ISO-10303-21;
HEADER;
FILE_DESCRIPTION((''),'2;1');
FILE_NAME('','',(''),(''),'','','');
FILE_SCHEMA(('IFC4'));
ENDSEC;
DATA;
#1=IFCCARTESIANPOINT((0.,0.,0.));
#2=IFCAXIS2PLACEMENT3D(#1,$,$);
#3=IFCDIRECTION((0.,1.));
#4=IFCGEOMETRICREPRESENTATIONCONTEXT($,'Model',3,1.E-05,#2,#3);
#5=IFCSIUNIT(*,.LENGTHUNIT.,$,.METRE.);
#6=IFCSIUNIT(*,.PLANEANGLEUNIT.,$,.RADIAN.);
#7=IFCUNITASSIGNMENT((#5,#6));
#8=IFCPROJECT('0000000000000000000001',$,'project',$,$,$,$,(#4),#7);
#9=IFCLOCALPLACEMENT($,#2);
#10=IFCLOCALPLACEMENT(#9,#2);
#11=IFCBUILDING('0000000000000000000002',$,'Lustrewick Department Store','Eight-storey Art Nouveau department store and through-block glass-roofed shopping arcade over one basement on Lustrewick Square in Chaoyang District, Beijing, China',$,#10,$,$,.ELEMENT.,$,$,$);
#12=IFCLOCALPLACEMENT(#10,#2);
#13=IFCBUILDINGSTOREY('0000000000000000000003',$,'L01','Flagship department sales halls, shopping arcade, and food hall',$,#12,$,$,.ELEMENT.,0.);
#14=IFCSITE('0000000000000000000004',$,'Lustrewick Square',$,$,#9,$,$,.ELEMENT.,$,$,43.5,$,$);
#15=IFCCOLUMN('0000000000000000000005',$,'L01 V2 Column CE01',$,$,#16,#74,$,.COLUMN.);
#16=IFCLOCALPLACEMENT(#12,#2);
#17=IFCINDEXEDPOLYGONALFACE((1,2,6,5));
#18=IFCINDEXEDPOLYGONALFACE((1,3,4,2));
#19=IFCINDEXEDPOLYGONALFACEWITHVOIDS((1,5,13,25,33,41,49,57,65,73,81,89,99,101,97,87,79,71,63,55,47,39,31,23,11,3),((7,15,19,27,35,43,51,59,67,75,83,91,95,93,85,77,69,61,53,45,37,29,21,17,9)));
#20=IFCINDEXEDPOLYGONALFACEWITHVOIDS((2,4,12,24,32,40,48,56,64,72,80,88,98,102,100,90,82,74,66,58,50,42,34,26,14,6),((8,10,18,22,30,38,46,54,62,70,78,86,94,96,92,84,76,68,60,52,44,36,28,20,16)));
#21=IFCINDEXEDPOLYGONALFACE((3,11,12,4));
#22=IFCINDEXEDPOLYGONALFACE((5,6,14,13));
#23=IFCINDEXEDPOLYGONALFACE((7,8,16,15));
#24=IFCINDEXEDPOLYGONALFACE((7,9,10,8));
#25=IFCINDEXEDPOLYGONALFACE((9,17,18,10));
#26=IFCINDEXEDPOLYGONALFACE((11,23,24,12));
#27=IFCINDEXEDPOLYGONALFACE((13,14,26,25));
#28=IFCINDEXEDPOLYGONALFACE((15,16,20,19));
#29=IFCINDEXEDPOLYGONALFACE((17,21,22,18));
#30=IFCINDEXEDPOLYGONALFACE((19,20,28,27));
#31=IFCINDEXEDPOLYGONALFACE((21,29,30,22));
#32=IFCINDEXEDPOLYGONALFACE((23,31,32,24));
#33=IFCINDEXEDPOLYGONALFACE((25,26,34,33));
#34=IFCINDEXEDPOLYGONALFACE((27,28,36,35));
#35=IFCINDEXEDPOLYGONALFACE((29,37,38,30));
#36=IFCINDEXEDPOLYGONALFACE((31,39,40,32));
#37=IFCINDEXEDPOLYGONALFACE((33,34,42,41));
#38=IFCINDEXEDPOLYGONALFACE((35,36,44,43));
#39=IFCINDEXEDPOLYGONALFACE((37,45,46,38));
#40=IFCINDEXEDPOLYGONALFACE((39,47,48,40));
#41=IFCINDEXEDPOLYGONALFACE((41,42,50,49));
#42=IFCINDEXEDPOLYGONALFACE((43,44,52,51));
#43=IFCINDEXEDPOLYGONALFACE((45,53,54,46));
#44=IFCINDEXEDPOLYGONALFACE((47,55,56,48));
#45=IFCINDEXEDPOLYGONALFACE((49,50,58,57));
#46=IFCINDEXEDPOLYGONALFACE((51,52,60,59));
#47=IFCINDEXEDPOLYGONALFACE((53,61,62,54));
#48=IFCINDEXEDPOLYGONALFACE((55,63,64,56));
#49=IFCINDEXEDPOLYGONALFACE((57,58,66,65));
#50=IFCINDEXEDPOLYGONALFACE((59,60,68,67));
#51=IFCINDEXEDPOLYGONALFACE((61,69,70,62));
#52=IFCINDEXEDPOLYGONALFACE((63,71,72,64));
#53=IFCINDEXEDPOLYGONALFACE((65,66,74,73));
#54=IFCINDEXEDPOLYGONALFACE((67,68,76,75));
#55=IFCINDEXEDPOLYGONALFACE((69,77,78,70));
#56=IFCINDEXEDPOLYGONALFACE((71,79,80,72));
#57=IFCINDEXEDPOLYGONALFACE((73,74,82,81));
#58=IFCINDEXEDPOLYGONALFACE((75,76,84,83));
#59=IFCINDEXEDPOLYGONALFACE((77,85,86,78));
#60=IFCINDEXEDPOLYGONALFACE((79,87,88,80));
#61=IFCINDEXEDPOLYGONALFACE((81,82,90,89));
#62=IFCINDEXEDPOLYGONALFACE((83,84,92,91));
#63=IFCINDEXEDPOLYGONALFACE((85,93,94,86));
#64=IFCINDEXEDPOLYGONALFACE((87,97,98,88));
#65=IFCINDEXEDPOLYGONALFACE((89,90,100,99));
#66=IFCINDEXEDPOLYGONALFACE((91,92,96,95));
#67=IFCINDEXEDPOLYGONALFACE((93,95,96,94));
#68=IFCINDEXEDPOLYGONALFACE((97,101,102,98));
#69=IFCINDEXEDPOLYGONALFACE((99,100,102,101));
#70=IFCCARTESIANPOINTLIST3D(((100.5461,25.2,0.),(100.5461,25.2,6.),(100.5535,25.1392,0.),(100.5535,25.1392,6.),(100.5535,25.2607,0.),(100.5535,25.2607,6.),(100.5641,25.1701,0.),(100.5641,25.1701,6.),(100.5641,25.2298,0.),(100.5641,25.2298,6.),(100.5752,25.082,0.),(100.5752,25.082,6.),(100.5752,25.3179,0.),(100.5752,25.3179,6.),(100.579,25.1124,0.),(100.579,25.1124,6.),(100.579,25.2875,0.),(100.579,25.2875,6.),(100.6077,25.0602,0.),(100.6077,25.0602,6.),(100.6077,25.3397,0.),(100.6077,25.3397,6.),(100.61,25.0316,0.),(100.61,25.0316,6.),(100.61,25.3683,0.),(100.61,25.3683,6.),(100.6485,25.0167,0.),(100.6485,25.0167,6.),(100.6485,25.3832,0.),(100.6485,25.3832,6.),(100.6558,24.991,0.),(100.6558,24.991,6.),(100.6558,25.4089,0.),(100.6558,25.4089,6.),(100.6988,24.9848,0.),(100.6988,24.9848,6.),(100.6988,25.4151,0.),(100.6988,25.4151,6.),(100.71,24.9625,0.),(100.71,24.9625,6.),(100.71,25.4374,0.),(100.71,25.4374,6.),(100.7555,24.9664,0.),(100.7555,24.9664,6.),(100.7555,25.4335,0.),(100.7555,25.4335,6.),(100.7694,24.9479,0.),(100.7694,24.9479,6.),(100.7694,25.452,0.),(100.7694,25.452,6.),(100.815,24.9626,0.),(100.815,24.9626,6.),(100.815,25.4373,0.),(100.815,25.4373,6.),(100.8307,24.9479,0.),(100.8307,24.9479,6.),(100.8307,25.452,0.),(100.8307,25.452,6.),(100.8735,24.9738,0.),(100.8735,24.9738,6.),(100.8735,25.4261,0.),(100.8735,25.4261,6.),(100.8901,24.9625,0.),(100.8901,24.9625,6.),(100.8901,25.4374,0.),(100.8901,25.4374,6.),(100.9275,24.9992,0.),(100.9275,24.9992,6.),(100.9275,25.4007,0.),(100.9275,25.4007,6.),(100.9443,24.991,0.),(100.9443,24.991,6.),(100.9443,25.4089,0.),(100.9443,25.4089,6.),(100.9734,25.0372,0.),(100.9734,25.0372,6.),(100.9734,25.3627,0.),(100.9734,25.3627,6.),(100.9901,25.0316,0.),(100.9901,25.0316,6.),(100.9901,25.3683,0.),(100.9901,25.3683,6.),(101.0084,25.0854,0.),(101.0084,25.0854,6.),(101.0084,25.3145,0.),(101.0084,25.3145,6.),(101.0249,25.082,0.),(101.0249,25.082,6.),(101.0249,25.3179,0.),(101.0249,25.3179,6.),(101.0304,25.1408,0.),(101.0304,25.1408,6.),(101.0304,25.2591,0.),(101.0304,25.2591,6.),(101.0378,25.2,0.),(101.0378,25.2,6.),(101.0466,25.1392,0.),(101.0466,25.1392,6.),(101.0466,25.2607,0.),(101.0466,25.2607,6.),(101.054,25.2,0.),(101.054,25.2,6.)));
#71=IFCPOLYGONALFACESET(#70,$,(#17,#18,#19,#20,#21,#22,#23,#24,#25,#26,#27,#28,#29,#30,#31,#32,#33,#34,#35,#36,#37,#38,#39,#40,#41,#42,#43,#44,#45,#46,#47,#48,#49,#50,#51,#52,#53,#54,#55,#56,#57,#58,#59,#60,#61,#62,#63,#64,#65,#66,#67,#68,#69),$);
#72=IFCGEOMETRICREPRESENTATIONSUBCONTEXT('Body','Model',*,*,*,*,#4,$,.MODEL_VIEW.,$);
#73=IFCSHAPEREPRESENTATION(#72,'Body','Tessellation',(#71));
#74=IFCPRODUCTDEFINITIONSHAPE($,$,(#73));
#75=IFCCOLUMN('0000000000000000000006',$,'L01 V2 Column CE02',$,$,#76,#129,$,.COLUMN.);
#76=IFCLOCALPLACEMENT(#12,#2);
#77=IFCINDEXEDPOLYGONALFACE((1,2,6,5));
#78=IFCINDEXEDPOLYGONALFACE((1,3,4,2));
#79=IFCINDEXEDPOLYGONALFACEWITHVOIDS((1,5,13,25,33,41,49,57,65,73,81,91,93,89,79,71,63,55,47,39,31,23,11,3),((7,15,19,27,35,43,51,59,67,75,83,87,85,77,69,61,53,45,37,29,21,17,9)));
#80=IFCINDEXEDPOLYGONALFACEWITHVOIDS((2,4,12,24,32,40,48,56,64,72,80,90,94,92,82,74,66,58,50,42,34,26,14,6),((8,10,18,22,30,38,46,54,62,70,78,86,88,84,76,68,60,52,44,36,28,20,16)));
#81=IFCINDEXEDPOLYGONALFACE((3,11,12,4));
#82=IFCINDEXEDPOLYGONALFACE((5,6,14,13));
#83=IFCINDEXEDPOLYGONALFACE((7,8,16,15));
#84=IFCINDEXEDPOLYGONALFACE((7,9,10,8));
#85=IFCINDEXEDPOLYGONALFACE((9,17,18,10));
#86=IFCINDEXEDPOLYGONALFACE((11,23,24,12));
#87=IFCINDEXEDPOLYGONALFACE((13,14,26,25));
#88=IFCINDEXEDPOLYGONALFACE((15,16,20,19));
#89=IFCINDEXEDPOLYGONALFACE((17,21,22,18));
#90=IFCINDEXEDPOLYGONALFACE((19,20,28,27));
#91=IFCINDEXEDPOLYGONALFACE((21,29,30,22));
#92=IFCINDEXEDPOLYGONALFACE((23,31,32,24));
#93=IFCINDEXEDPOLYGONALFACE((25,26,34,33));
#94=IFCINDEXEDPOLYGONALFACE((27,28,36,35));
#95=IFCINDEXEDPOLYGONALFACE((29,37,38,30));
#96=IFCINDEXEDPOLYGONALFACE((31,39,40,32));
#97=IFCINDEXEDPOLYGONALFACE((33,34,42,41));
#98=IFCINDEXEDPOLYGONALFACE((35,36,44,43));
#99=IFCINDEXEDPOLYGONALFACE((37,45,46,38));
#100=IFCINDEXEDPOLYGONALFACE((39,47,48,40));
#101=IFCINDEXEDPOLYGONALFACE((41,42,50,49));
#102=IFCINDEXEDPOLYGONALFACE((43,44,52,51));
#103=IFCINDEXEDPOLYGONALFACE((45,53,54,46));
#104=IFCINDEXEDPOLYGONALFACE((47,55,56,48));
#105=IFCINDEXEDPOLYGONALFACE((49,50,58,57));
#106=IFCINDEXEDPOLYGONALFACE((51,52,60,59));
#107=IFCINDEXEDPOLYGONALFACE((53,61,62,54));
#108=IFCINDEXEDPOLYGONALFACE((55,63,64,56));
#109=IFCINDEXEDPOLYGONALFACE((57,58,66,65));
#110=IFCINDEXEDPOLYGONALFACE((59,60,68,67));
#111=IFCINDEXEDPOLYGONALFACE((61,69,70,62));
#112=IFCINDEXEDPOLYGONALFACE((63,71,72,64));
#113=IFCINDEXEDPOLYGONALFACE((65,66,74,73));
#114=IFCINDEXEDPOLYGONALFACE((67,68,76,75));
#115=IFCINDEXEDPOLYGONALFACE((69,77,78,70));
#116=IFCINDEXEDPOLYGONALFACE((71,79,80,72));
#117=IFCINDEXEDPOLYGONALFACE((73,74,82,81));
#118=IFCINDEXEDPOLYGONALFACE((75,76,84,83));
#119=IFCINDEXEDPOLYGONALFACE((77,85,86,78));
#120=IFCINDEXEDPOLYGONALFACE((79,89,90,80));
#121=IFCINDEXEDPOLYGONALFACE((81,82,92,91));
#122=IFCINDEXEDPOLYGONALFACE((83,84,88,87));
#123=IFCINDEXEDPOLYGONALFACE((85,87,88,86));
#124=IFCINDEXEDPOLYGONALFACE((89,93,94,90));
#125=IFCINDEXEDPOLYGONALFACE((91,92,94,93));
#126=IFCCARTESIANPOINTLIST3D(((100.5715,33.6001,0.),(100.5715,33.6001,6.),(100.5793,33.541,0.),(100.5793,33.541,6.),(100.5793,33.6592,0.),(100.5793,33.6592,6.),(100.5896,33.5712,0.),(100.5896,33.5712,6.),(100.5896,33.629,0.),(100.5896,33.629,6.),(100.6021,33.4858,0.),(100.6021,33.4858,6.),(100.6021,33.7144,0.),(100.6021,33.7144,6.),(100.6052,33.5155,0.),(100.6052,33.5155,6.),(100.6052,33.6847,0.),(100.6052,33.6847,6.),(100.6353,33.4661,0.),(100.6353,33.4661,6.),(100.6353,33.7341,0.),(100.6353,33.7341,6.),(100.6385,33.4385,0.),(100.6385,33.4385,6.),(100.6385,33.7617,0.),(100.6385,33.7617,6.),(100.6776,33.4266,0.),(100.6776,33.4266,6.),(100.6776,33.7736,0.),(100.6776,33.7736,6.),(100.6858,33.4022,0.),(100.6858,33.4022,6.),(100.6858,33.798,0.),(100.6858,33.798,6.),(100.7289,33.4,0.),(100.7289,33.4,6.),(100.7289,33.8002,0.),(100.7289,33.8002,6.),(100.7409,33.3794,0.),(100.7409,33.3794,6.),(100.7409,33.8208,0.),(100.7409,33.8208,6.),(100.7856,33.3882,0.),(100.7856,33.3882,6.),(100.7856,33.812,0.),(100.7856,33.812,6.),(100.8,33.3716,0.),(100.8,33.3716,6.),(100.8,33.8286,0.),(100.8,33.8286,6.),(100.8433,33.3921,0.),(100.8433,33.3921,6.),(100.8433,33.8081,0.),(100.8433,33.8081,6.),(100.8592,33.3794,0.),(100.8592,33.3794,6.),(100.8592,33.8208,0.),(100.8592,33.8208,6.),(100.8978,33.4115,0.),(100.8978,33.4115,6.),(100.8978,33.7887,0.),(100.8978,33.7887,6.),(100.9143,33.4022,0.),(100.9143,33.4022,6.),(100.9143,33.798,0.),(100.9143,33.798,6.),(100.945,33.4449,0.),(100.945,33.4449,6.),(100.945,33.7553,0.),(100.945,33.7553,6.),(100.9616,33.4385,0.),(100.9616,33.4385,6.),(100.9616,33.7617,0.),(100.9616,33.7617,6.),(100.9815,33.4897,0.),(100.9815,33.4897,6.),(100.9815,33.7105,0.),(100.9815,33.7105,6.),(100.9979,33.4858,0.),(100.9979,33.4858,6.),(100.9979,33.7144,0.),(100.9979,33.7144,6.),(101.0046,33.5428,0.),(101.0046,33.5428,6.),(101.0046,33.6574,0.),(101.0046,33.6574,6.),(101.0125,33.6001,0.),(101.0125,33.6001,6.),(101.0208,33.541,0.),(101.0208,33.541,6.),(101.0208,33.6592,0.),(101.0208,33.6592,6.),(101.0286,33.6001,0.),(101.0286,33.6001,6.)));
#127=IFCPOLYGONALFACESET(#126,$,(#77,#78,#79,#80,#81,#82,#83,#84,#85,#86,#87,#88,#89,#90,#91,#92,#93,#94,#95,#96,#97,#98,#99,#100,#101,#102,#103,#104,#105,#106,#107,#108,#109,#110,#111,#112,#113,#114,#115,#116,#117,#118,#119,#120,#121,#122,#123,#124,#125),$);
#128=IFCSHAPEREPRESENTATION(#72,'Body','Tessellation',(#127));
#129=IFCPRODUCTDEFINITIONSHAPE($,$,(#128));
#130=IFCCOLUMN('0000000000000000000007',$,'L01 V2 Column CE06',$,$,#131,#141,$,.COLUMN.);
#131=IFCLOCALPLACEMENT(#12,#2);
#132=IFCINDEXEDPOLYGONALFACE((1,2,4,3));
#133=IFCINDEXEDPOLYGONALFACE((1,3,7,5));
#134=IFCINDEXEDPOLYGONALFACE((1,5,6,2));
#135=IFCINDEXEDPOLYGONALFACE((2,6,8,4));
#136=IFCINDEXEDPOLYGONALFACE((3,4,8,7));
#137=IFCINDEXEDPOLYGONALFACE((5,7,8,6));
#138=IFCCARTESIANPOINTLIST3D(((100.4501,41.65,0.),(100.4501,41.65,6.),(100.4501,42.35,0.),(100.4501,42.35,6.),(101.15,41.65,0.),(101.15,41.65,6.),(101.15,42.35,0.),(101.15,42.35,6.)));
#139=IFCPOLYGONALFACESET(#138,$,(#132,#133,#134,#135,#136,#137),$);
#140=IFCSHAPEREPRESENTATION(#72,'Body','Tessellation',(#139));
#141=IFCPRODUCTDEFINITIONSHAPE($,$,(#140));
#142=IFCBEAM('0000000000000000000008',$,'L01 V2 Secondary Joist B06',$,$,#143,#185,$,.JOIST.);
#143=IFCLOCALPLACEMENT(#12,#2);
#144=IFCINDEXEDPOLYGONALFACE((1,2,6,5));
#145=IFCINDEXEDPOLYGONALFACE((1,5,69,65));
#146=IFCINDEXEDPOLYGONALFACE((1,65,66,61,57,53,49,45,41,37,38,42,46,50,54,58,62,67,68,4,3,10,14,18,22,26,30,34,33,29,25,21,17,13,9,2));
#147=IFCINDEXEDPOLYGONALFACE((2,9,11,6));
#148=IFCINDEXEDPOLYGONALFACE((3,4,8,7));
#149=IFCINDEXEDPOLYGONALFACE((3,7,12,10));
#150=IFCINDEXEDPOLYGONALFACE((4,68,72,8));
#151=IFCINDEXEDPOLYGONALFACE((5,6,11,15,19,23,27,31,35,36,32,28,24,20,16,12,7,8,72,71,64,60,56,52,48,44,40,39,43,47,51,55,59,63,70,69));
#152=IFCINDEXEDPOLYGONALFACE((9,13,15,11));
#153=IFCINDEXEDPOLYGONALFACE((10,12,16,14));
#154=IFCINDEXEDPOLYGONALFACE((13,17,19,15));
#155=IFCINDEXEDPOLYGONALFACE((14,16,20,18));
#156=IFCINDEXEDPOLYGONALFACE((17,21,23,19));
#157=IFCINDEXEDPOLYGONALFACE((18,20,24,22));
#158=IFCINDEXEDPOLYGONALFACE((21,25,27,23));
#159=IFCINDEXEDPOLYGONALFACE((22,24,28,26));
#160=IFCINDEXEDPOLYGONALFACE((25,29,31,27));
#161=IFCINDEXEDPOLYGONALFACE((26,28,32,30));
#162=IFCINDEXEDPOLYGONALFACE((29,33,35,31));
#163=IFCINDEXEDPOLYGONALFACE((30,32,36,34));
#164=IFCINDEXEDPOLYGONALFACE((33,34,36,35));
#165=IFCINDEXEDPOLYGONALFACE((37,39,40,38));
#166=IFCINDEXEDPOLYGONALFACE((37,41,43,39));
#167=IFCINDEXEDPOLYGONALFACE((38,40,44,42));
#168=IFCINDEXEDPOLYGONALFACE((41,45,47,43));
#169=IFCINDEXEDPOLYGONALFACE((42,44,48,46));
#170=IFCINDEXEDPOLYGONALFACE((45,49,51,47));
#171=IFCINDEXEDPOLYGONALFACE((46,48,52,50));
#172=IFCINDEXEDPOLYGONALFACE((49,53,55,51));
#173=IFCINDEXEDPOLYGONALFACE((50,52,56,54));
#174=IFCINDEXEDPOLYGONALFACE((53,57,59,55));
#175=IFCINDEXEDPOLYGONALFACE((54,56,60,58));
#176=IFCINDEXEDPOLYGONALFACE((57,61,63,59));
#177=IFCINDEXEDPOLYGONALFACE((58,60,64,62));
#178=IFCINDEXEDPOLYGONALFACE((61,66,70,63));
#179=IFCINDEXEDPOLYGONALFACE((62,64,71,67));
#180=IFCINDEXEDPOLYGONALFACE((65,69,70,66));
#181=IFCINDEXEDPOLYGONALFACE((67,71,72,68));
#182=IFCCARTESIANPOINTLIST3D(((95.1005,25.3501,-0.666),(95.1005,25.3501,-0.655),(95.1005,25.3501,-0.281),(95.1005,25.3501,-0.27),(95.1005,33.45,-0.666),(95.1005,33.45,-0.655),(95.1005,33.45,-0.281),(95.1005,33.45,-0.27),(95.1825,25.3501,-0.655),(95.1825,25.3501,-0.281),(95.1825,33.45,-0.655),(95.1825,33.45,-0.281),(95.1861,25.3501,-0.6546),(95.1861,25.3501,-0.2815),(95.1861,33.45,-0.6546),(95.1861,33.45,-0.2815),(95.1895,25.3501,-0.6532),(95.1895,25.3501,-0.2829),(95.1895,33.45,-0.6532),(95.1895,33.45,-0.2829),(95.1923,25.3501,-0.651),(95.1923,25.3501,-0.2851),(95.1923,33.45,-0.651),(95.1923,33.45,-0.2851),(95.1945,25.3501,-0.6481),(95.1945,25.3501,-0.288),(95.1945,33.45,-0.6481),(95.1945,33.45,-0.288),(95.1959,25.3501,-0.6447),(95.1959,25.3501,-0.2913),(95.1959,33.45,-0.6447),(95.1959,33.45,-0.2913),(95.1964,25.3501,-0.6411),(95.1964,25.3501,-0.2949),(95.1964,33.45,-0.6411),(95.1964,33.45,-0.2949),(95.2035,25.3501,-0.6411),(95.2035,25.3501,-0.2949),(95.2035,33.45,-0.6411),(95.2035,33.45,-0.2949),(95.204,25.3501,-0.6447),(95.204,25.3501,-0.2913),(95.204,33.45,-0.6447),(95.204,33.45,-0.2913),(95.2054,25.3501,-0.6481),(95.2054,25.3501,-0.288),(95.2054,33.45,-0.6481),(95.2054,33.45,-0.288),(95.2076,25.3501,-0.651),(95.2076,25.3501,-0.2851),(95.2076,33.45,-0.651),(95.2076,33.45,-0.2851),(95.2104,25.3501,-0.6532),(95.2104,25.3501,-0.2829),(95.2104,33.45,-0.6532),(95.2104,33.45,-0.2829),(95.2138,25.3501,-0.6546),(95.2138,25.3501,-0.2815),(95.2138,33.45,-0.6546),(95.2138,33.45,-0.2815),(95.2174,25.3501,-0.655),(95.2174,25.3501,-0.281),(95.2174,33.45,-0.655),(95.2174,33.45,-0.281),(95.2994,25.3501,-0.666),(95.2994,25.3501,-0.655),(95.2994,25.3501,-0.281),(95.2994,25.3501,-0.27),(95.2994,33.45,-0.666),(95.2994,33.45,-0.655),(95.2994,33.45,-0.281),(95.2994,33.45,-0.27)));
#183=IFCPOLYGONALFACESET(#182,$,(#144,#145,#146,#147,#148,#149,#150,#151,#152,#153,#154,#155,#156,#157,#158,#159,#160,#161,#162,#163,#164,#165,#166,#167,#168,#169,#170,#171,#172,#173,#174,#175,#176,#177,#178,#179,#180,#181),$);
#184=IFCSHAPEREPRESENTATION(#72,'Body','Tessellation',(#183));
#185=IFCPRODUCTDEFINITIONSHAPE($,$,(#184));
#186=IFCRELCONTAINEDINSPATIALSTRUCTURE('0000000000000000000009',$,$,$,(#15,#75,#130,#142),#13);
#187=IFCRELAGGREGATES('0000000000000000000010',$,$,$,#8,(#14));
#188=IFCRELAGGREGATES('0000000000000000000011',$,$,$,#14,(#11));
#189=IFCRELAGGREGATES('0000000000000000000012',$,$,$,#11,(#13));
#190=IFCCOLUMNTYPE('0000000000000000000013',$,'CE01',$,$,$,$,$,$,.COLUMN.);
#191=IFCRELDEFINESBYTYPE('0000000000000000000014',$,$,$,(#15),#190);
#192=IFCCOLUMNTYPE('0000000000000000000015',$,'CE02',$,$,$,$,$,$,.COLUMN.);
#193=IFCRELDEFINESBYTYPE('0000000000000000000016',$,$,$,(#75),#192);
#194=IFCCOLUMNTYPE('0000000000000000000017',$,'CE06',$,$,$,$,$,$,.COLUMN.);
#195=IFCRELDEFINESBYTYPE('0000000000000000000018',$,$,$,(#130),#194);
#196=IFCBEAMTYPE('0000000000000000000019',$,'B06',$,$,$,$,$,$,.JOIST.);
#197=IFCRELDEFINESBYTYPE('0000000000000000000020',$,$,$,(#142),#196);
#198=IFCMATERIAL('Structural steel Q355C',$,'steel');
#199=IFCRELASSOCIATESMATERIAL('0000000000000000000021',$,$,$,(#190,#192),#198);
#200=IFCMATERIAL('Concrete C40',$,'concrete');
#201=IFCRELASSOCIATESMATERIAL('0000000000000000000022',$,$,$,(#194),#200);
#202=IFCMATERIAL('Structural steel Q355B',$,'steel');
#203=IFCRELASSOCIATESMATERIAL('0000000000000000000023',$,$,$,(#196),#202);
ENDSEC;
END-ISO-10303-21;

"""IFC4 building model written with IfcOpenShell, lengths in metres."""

from ifc_helpers import new_model, si_unit, direction, frame, origin, origin_2d, place, context, subcontext, project, spatial, rectangle, hollow_circle, i_section, extrude, material, material_profile, profile_set, type_object, element, save


model = new_model("IFC4")

# Units and contexts
model_context = context("Model", 3, precision=1e-05, world=origin(), true_north=direction((0.0, 1.0)))
body_context = subcontext(model_context, "Body", "Model", "MODEL_VIEW")
ifc_project = project(units=[si_unit("LENGTHUNIT", "METRE"), si_unit("PLANEANGLEUNIT", "RADIAN")], contexts=[model_context])

# Site, building, storey
site_placement = place(None, origin())
site = spatial("IfcSite", under=ifc_project, at=site_placement, Name="Lustrewick Square", CompositionType="ELEMENT", RefElevation=43.5)
building_placement = place(site_placement, origin())
building = spatial("IfcBuilding", under=site, at=building_placement, Name="Lustrewick Department Store", Description="Eight-storey Art Nouveau department store and through-block glass-roofed shopping arcade over one basement on Lustrewick Square in Chaoyang District, Beijing, China", CompositionType="ELEMENT")
storey_placement = place(building_placement, origin())
storey = spatial("IfcBuildingStorey", under=building, at=storey_placement, Name="L01", Description="Flagship department sales halls, shopping arcade, and food hall", CompositionType="ELEMENT", Elevation=0.0)

# Columns
ifc_material_1 = material(Name="Structural steel Q355C", Category="steel")
ifc_material_profile_1 = material_profile(ifc_material_1, hollow_circle(Radius=0.2539, WallThickness=0.0161, at=origin_2d()), Name="CHS 508x16")
ifc_profile_set_1 = profile_set([ifc_material_profile_1], Name="Structural steel Q355C")
column_type_1 = type_object("IfcColumnType", Name="CE01", PredefinedType="COLUMN", material=ifc_profile_set_1)
column_1_placement = place(storey_placement, frame((100.8, 25.2, 0.0), z_axis=(0.0, 0.0, 1.0), x_axis=(1.0, 0.0, 0.0)))
element("IfcColumn", 1, at=column_1_placement, inside=storey, type_object=column_type_1, Name="L01 V2 Column CE01", PredefinedType="COLUMN", context=body_context, shape_type="SweptSolid", body=[
    extrude(hollow_circle(Radius=0.2539, WallThickness=0.0161, at=origin_2d()), origin(), (0.0, 0.0, 1.0), 6.0),
])
ifc_material_profile_2 = material_profile(ifc_material_1, hollow_circle(Radius=0.2285, WallThickness=0.0161, at=origin_2d()), Name="CHS 457x16")
ifc_profile_set_2 = profile_set([ifc_material_profile_2], Name="Structural steel Q355C")
column_type_2 = type_object("IfcColumnType", Name="CE02", PredefinedType="COLUMN", material=ifc_profile_set_2)
column_2_placement = place(storey_placement, frame((100.8, 33.6001, 0.0), z_axis=(0.0, 0.0, 1.0), x_axis=(1.0, 0.0, 0.0)))
element("IfcColumn", 2, at=column_2_placement, inside=storey, type_object=column_type_2, Name="L01 V2 Column CE02", PredefinedType="COLUMN", context=body_context, shape_type="SweptSolid", body=[
    extrude(hollow_circle(Radius=0.2285, WallThickness=0.0161, at=origin_2d()), origin(), (0.0, 0.0, 1.0), 6.0),
])
ifc_material_2 = material(Name="Concrete C40", Category="concrete")
ifc_material_profile_3 = material_profile(ifc_material_2, rectangle(XDim=0.7, YDim=0.7, at=origin_2d()), Name="RC 700x700")
ifc_profile_set_3 = profile_set([ifc_material_profile_3], Name="Concrete C40")
column_type_3 = type_object("IfcColumnType", Name="CE06", PredefinedType="COLUMN", material=ifc_profile_set_3)
column_3_placement = place(storey_placement, frame((100.8, 42.0, 0.0), z_axis=(0.0, 0.0, 1.0), x_axis=(1.0, 0.0, 0.0)))
element("IfcColumn", 3, at=column_3_placement, inside=storey, type_object=column_type_3, Name="L01 V2 Column CE06", PredefinedType="COLUMN", context=body_context, shape_type="SweptSolid", body=[
    extrude(rectangle(XDim=0.7, YDim=0.7, at=origin_2d()), origin(), (0.0, 0.0, 1.0), 6.0),
])

# Beam
ifc_material_3 = material(Name="Structural steel Q355B", Category="steel")
ifc_material_profile_4 = material_profile(ifc_material_3, i_section(OverallWidth=0.199, OverallDepth=0.396, WebThickness=0.0071, FlangeThickness=0.011, FilletRadius=0.0139, at=origin_2d()), Name="HN 396x199x7x11")
ifc_profile_set_4 = profile_set([ifc_material_profile_4], Name="Structural steel Q355B")
beam_type_1 = type_object("IfcBeamType", Name="B06", PredefinedType="JOIST", material=ifc_profile_set_4)
beam_1_placement = place(storey_placement, frame((95.2, 25.3501, -0.468), z_axis=(0.0, 1.0, 0.0), x_axis=(-1.0, 0.0, 0.0)))
element("IfcBeam", 4, at=beam_1_placement, inside=storey, type_object=beam_type_1, Name="L01 V2 Secondary Joist B06", PredefinedType="JOIST", context=body_context, shape_type="SweptSolid", body=[
    extrude(i_section(OverallWidth=0.199, OverallDepth=0.396, WebThickness=0.0071, FlangeThickness=0.011, FilletRadius=0.0139, at=origin_2d()), origin(), (0.0, 0.0, 1.0), 8.0999),
])

save(model, "model.ifc")
